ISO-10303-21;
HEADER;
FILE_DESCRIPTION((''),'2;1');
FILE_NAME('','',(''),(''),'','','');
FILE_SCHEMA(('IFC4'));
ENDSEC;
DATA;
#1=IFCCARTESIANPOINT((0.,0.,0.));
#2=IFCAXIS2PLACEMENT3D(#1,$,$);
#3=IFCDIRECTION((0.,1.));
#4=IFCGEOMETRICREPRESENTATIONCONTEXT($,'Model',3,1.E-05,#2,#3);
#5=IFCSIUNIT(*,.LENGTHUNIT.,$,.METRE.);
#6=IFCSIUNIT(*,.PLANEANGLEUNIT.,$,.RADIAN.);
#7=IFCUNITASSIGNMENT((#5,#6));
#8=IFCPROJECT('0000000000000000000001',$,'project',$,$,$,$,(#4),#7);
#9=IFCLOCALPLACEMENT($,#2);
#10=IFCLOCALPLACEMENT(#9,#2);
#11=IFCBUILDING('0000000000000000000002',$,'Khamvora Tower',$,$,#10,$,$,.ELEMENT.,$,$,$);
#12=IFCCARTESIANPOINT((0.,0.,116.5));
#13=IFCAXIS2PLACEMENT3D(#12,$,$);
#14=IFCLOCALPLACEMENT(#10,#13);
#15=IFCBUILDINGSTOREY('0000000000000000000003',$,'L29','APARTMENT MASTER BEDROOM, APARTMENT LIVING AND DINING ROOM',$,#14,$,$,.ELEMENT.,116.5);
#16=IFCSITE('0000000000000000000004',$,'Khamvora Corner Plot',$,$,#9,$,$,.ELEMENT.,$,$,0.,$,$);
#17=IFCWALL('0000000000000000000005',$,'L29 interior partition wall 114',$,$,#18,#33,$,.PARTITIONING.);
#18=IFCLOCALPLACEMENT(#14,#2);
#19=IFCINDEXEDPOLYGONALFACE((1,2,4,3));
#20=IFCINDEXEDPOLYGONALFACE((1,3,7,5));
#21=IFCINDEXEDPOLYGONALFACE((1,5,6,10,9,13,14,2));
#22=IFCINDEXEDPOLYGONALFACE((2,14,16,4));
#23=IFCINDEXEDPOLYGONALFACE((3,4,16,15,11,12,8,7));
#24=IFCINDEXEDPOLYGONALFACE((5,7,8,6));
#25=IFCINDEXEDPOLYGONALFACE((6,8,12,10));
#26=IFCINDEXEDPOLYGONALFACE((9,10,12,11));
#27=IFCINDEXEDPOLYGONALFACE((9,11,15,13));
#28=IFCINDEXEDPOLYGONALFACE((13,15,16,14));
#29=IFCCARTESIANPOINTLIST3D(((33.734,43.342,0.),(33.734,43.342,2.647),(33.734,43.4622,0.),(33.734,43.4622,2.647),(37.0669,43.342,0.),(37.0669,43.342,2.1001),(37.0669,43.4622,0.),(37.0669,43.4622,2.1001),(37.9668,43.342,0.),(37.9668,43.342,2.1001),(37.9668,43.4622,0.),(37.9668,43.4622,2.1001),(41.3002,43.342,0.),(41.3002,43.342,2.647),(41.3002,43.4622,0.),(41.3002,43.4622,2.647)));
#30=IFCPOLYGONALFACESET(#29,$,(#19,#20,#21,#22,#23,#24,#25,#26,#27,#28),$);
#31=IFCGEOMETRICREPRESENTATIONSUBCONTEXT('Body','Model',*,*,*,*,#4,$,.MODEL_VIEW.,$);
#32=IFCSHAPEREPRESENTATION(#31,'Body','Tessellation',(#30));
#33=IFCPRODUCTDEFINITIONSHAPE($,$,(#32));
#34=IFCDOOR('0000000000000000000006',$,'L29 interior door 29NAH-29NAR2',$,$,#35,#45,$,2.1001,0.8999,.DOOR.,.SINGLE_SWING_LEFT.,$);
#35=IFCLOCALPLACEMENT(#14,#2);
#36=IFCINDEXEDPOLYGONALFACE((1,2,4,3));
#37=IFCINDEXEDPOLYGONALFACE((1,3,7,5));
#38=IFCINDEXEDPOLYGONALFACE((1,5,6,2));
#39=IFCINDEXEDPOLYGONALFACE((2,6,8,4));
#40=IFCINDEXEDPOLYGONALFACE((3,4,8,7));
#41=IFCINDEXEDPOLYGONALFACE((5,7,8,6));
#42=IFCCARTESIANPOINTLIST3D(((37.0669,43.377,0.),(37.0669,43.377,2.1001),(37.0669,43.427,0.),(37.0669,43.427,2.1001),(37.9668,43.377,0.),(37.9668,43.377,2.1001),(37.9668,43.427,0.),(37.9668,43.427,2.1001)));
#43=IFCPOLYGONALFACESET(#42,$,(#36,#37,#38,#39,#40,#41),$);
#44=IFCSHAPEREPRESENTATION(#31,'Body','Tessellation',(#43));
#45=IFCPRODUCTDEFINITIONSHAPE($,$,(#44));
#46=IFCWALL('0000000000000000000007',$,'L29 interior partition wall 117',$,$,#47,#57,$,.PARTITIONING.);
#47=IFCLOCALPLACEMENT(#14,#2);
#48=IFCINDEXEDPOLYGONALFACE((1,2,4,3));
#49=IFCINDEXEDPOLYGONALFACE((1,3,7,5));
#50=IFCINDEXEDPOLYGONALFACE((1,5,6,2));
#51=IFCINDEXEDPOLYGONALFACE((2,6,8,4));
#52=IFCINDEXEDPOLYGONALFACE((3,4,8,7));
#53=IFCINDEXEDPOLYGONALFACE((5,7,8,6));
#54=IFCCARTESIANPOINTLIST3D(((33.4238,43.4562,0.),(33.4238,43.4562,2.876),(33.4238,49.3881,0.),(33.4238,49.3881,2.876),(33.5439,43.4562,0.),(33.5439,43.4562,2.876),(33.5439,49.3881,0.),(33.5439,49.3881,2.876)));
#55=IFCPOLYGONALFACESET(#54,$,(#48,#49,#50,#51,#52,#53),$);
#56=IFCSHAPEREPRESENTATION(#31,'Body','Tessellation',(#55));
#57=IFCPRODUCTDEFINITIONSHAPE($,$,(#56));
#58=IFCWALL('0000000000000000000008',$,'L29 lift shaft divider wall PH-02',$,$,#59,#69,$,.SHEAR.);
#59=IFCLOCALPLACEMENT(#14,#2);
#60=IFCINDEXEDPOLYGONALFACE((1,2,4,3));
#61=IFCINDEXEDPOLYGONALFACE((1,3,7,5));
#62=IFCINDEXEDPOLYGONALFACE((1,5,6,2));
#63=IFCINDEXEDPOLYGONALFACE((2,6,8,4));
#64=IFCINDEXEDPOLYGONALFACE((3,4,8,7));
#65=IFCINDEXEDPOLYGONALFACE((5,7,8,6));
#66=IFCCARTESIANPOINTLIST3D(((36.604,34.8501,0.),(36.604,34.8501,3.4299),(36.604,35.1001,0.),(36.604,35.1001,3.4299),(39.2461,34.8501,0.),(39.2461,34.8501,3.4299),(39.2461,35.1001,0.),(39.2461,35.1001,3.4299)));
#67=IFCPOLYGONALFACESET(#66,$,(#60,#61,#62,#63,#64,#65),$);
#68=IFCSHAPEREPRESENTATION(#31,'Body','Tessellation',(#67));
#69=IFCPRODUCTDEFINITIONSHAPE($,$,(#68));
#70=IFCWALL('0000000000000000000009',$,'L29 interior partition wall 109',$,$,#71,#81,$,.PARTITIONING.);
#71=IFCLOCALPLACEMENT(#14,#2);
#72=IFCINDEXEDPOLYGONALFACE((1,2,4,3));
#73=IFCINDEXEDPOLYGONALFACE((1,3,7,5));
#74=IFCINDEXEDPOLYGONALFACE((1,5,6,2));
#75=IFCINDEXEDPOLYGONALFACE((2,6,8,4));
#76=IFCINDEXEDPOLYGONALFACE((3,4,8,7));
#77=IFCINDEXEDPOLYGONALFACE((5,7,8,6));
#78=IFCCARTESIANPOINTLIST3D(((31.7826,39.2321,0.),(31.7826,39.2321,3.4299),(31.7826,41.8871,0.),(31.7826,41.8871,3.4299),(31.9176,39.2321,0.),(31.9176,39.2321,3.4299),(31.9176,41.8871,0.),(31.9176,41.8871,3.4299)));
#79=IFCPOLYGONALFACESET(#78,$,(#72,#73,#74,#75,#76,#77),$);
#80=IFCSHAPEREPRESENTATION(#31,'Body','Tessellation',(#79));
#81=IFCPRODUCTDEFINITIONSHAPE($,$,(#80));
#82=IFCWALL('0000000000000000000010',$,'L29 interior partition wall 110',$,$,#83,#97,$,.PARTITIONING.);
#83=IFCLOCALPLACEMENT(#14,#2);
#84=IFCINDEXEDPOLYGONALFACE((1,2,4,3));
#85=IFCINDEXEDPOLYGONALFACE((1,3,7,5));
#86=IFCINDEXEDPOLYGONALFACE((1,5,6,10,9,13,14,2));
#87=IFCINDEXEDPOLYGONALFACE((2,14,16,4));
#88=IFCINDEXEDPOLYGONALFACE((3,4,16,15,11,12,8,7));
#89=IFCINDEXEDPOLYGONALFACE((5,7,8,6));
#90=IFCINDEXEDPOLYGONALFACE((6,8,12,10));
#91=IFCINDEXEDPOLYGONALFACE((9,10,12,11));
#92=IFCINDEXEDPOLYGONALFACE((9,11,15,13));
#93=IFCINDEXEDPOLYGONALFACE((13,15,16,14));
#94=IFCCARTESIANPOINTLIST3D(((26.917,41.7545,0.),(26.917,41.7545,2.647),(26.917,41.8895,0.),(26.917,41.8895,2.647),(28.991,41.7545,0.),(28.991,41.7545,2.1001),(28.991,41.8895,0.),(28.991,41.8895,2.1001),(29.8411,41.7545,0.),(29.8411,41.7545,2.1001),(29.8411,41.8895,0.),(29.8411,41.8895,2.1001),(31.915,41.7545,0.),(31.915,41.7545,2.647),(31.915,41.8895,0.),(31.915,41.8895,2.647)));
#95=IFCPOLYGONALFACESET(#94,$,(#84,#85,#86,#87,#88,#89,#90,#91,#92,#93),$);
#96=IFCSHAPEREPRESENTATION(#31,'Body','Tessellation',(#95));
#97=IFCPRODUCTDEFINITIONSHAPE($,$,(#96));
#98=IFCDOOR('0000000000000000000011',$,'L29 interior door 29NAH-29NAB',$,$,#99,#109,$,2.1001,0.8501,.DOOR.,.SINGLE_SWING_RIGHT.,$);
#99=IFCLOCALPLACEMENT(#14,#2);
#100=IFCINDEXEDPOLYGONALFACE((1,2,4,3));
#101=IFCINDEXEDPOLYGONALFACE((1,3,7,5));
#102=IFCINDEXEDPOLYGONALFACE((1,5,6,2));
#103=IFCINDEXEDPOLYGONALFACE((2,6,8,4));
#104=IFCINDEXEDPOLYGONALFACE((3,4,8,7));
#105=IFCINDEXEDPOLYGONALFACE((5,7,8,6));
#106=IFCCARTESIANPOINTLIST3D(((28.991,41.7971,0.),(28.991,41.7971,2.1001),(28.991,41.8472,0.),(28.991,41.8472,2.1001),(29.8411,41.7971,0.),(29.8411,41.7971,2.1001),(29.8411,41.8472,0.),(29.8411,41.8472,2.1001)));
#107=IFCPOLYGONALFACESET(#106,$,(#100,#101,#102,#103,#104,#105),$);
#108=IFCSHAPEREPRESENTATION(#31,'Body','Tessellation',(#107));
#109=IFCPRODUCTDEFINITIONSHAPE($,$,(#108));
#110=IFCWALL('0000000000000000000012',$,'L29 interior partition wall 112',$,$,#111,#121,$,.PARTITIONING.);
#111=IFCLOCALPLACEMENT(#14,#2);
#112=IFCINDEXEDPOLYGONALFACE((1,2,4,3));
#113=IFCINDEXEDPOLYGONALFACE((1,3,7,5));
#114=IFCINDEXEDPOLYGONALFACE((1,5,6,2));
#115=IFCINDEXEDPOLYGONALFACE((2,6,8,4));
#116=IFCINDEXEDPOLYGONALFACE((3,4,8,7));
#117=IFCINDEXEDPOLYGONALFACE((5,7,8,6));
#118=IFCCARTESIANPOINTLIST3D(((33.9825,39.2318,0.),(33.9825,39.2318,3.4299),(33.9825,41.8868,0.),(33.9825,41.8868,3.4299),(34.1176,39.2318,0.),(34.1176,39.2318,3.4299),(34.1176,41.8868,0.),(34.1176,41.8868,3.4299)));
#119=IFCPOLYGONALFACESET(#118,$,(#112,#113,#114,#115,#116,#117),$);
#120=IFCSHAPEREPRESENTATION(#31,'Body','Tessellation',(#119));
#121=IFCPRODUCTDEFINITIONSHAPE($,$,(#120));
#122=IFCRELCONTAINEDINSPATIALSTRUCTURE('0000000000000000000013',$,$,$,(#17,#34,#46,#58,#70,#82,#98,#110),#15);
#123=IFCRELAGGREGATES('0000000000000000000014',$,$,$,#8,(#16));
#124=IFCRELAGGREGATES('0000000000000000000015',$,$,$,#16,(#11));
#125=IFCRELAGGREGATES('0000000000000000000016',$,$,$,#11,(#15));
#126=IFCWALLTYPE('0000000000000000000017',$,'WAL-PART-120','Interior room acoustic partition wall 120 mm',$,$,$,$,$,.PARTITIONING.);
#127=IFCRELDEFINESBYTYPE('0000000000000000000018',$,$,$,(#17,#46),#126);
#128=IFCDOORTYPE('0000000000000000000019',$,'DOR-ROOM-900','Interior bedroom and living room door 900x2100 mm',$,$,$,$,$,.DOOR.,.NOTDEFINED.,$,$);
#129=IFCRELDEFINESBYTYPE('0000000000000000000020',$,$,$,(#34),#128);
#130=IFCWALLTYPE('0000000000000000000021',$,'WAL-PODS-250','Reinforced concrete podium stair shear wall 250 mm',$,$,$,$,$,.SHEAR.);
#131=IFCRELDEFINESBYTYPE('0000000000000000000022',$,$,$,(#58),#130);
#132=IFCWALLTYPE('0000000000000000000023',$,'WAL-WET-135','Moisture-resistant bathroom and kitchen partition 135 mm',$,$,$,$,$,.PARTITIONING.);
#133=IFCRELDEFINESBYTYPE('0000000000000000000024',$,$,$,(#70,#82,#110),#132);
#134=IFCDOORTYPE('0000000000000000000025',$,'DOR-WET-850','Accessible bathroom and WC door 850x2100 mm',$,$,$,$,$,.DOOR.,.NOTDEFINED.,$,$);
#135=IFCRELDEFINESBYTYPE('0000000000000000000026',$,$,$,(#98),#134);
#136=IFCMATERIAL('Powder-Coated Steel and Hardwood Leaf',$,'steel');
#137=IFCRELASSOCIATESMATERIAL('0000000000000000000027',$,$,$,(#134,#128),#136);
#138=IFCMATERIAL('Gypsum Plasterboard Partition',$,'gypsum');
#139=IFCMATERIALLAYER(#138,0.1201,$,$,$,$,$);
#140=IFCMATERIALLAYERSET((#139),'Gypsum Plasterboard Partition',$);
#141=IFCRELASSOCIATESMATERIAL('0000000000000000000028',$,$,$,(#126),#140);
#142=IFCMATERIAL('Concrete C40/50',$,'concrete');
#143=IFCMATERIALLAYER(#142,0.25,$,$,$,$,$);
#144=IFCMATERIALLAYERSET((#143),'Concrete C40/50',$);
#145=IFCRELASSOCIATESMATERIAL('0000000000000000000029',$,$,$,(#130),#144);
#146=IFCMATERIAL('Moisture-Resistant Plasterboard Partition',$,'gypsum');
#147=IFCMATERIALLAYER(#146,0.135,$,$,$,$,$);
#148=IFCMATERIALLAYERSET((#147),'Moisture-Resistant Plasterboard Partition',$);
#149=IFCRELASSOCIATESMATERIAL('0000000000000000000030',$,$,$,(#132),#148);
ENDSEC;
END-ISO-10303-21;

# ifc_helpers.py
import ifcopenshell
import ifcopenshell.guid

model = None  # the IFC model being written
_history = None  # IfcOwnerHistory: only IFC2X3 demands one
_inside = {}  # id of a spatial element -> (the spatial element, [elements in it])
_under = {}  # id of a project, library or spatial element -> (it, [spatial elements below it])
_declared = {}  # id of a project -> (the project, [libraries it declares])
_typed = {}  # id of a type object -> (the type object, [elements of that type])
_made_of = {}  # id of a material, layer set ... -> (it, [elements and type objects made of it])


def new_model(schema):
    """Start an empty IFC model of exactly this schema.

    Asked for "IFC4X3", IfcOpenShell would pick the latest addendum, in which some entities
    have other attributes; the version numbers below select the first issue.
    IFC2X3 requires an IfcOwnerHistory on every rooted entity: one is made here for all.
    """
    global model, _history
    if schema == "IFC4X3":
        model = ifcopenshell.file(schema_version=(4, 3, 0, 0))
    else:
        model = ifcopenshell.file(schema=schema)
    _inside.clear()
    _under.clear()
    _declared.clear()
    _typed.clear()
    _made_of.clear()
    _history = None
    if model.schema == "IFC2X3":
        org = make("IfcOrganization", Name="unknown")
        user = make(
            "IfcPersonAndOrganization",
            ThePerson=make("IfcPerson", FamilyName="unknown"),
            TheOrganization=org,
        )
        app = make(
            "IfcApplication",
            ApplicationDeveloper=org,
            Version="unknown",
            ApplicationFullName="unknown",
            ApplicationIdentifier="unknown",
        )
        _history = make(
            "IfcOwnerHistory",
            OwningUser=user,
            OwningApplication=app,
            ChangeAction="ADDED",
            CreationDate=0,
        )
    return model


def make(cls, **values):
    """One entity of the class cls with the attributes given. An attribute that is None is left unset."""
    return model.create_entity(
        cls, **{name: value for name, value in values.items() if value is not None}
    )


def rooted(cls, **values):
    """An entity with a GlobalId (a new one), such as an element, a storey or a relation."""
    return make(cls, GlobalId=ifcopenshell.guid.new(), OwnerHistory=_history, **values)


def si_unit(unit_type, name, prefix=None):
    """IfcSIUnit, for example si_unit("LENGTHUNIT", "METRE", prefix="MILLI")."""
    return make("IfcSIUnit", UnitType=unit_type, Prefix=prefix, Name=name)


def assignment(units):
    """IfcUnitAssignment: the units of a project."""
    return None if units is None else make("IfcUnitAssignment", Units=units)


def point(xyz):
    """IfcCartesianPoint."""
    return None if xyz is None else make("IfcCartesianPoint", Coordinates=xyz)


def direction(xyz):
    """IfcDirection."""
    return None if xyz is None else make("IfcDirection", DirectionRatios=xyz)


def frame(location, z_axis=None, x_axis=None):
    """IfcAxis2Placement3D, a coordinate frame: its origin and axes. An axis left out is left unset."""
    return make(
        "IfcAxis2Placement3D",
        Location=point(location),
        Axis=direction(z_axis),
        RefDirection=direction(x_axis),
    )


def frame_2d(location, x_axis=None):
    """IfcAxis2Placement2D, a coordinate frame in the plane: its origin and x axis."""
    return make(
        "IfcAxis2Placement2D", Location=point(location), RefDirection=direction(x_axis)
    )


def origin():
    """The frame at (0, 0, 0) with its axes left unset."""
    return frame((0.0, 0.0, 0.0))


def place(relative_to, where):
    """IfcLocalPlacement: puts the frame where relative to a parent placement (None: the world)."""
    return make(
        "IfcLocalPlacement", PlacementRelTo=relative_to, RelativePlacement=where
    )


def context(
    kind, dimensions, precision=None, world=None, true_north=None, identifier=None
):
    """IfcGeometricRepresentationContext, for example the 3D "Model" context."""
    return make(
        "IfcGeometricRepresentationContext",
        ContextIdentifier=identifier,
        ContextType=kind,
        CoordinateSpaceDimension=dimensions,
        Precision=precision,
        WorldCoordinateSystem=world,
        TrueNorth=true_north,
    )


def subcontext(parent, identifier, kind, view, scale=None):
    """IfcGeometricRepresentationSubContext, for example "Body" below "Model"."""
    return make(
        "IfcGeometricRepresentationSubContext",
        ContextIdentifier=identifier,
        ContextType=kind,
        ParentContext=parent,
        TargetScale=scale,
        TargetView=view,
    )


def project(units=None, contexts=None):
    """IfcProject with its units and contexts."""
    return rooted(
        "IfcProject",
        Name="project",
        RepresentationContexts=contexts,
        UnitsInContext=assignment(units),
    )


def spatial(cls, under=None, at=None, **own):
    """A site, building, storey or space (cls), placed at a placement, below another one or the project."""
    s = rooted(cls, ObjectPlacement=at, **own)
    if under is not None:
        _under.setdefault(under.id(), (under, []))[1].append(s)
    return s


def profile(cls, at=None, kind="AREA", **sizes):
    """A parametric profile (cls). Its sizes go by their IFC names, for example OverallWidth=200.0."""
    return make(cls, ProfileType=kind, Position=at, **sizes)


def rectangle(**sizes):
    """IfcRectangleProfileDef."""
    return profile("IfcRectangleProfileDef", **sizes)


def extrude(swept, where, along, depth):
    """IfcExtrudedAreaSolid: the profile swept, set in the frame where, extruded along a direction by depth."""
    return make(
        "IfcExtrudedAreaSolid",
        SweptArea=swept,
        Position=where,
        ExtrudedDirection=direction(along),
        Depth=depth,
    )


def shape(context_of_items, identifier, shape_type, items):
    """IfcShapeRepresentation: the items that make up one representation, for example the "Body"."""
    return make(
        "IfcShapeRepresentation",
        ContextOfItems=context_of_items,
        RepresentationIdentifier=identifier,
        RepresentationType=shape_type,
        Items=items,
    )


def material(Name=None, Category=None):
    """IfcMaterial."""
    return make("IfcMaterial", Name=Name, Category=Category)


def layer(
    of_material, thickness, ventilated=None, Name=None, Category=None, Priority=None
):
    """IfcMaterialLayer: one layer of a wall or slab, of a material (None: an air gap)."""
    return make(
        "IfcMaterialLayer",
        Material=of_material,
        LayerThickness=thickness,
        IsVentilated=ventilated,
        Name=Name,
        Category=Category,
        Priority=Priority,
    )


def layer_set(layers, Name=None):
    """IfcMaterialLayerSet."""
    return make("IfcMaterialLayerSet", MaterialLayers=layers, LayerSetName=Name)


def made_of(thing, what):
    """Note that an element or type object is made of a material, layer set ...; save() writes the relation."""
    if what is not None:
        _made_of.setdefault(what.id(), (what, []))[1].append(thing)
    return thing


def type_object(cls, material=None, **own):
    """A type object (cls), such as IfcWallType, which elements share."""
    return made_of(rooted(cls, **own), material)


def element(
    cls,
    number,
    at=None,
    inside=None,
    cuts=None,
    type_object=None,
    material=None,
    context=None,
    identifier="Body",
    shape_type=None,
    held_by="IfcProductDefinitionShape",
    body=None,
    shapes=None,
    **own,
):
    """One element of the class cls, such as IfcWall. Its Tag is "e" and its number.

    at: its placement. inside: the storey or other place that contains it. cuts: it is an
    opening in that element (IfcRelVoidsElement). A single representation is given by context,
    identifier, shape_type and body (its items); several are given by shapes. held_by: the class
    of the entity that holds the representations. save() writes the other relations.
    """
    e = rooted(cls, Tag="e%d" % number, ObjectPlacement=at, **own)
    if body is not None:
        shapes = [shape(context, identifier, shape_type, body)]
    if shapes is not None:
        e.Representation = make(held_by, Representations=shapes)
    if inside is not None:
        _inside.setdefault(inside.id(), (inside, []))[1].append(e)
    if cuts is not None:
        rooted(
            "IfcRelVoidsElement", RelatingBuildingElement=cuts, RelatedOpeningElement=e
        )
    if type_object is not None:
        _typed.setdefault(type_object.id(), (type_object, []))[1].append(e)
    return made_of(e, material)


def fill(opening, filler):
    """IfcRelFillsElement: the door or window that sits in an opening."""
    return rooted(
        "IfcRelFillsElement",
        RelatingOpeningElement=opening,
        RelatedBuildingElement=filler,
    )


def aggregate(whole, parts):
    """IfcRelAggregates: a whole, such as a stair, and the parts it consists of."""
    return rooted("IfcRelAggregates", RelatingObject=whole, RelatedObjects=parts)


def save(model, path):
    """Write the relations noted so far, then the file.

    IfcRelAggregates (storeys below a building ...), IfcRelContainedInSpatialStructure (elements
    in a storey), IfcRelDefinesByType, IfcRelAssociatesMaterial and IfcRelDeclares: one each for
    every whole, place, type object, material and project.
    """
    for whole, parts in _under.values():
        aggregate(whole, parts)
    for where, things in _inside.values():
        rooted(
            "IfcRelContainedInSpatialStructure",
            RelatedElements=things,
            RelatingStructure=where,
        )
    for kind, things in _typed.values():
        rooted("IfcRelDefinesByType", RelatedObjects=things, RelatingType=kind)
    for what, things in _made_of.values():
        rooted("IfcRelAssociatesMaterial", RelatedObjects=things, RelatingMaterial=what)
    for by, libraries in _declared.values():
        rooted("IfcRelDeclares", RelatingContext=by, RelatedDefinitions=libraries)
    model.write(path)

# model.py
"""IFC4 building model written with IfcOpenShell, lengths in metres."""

from ifc_helpers import new_model, si_unit, direction, frame, frame_2d, origin, place, context, subcontext, project, spatial, rectangle, extrude, material, layer, layer_set, type_object, element, fill, save


model = new_model("IFC4")

# Units and contexts
model_context = context("Model", 3, precision=1e-05, world=origin(), true_north=direction((0.0, 1.0)))
body_context = subcontext(model_context, "Body", "Model", "MODEL_VIEW")
ifc_project = project(units=[si_unit("LENGTHUNIT", "METRE"), si_unit("PLANEANGLEUNIT", "RADIAN")], contexts=[model_context])

# Site, building, storey
site_placement = place(None, origin())
site = spatial("IfcSite", under=ifc_project, at=site_placement, Name="Khamvora Corner Plot", CompositionType="ELEMENT", RefElevation=0.0)
building_placement = place(site_placement, origin())
building = spatial("IfcBuilding", under=site, at=building_placement, Name="Khamvora Tower", CompositionType="ELEMENT")
storey_placement = place(building_placement, frame((0.0, 0.0, 116.5)))
storey = spatial("IfcBuildingStorey", under=building, at=storey_placement, Name="L29", Description="APARTMENT MASTER BEDROOM, APARTMENT LIVING AND DINING ROOM", CompositionType="ELEMENT", Elevation=116.5)

# Shared definitions
ifc_material_1 = material(Name="Powder-Coated Steel and Hardwood Leaf", Category="steel")
door_type_1 = type_object("IfcDoorType", Name="DOR-WET-850", Description="Accessible bathroom and WC door 850x2100 mm", OperationType="NOTDEFINED", PredefinedType="DOOR", material=ifc_material_1)

# Wall, opening, door
ifc_material_2 = material(Name="Gypsum Plasterboard Partition", Category="gypsum")
ifc_layer_1 = layer(ifc_material_2, 0.1201)
ifc_layer_set_1 = layer_set([ifc_layer_1], Name="Gypsum Plasterboard Partition")
wall_type_1 = type_object("IfcWallType", Name="WAL-PART-120", Description="Interior room acoustic partition wall 120 mm", PredefinedType="PARTITIONING", material=ifc_layer_set_1)
wall_1_placement = place(storey_placement, frame((33.7339, 43.4021, 0.0), z_axis=(0.0, 0.0, 1.0), x_axis=(1.0, 0.0, 0.0)))
wall_1 = element("IfcWall", 1, at=wall_1_placement, inside=storey, type_object=wall_type_1, Name="L29 interior partition wall 114", PredefinedType="PARTITIONING", context=body_context, shape_type="SweptSolid", body=[
    extrude(rectangle(XDim=7.5662, YDim=0.1201, at=frame_2d((3.7832, 0.0))), origin(), (0.0, 0.0, 1.0), 2.647),
])
opening_1_placement = place(wall_1_placement, frame((3.333, 0.0, 0.0)))
opening_1 = element("IfcOpeningElement", 2, at=opening_1_placement, cuts=wall_1, PredefinedType="OPENING", context=body_context, shape_type="SweptSolid", body=[
    extrude(rectangle(XDim=0.8999, YDim=2.1001, at=frame_2d((0.45, 1.05))), frame((0.0, 0.0701, 0.0), z_axis=(0.0, -1.0, 0.0), x_axis=(1.0, 0.0, 0.0)), (0.0, 0.0, 1.0), 0.1401),
])
door_type_2 = type_object("IfcDoorType", Name="DOR-ROOM-900", Description="Interior bedroom and living room door 900x2100 mm", OperationType="NOTDEFINED", PredefinedType="DOOR", material=ifc_material_1)
door_1_placement = place(opening_1_placement, origin())
door_1 = element("IfcDoor", 3, at=door_1_placement, inside=storey, type_object=door_type_2, Name="L29 interior door 29NAH-29NAR2", OperationType="SINGLE_SWING_LEFT", OverallHeight=2.1001, OverallWidth=0.8999, PredefinedType="DOOR", context=body_context, shape_type="SweptSolid", body=[
    extrude(rectangle(XDim=0.8999, YDim=2.1001, at=frame_2d((0.45, 1.05))), frame((0.0, 0.0249, 0.0), z_axis=(0.0, -1.0, 0.0), x_axis=(1.0, 0.0, 0.0)), (0.0, 0.0, 1.0), 0.05),
])
fill(opening_1, door_1)

# Walls
wall_2_placement = place(storey_placement, frame((33.4839, 49.3879, 0.0), z_axis=(0.0, 0.0, 1.0), x_axis=(0.0, -1.0, 0.0)))
element("IfcWall", 4, at=wall_2_placement, inside=storey, type_object=wall_type_1, Name="L29 interior partition wall 117", PredefinedType="PARTITIONING", context=body_context, shape_type="SweptSolid", body=[
    extrude(rectangle(XDim=5.9319, YDim=0.1201, at=frame_2d((2.9658, 0.0))), origin(), (0.0, 0.0, 1.0), 2.876),
])
ifc_material_3 = material(Name="Concrete C40/50", Category="concrete")
ifc_layer_2 = layer(ifc_material_3, 0.25)
ifc_layer_set_2 = layer_set([ifc_layer_2], Name="Concrete C40/50")
wall_type_2 = type_object("IfcWallType", Name="WAL-PODS-250", Description="Reinforced concrete podium stair shear wall 250 mm", PredefinedType="SHEAR", material=ifc_layer_set_2)
wall_3_placement = place(storey_placement, frame((36.604, 34.9751, 0.0), z_axis=(0.0, 0.0, 1.0), x_axis=(1.0, 0.0, 0.0)))
element("IfcWall", 5, at=wall_3_placement, inside=storey, type_object=wall_type_2, Name="L29 lift shaft divider wall PH-02", PredefinedType="SHEAR", context=body_context, shape_type="SweptSolid", body=[
    extrude(rectangle(XDim=2.6421, YDim=0.25, at=frame_2d((1.321, 0.0))), origin(), (0.0, 0.0, 1.0), 3.4299),
])
ifc_material_4 = material(Name="Moisture-Resistant Plasterboard Partition", Category="gypsum")
ifc_layer_3 = layer(ifc_material_4, 0.135)
ifc_layer_set_3 = layer_set([ifc_layer_3], Name="Moisture-Resistant Plasterboard Partition")
wall_type_3 = type_object("IfcWallType", Name="WAL-WET-135", Description="Moisture-resistant bathroom and kitchen partition 135 mm", PredefinedType="PARTITIONING", material=ifc_layer_set_3)
wall_4_placement = place(storey_placement, frame((31.8501, 39.2319, 0.0), z_axis=(0.0, 0.0, 1.0), x_axis=(0.0, 1.0, 0.0)))
element("IfcWall", 6, at=wall_4_placement, inside=storey, type_object=wall_type_3, Name="L29 interior partition wall 109", PredefinedType="PARTITIONING", context=body_context, shape_type="SweptSolid", body=[
    extrude(rectangle(XDim=2.655, YDim=0.135, at=frame_2d((1.3276, 0.0))), origin(), (0.0, 0.0, 1.0), 3.4299),
])

# Wall, opening, door
wall_5_placement = place(storey_placement, frame((31.915, 41.822, 0.0), z_axis=(0.0, 0.0, 1.0), x_axis=(-1.0, 0.0, 0.0)))
wall_5 = element("IfcWall", 7, at=wall_5_placement, inside=storey, type_object=wall_type_3, Name="L29 interior partition wall 110", PredefinedType="PARTITIONING", context=body_context, shape_type="SweptSolid", body=[
    extrude(rectangle(XDim=4.998, YDim=0.135, at=frame_2d((2.499, 0.0))), origin(), (0.0, 0.0, 1.0), 2.647),
])
opening_2_placement = place(wall_5_placement, frame((2.074, 0.0, 0.0)))
opening_2 = element("IfcOpeningElement", 8, at=opening_2_placement, cuts=wall_5, PredefinedType="OPENING", context=body_context, shape_type="SweptSolid", body=[
    extrude(rectangle(XDim=0.8501, YDim=2.1001, at=frame_2d((0.425, 1.05))), frame((0.0, 0.0774, 0.0), z_axis=(0.0, -1.0, 0.0), x_axis=(1.0, 0.0, 0.0)), (0.0, 0.0, 1.0), 0.155),
])
door_2_placement = place(opening_2_placement, origin())
door_2 = element("IfcDoor", 9, at=door_2_placement, inside=storey, type_object=door_type_1, Name="L29 interior door 29NAH-29NAB", OperationType="SINGLE_SWING_RIGHT", OverallHeight=2.1001, OverallWidth=0.8501, PredefinedType="DOOR", context=body_context, shape_type="SweptSolid", body=[
    extrude(rectangle(XDim=0.8501, YDim=2.1001, at=frame_2d((0.425, 1.05))), frame((0.0, 0.0249, 0.0), z_axis=(0.0, -1.0, 0.0), x_axis=(1.0, 0.0, 0.0)), (0.0, 0.0, 1.0), 0.05),
])
fill(opening_2, door_2)

# Wall
wall_6_placement = place(storey_placement, frame((34.05, 41.887, 0.0), z_axis=(0.0, 0.0, 1.0), x_axis=(0.0, -1.0, 0.0)))
element("IfcWall", 10, at=wall_6_placement, inside=storey, type_object=wall_type_3, Name="L29 interior partition wall 112", PredefinedType="PARTITIONING", context=body_context, shape_type="SweptSolid", body=[
    extrude(rectangle(XDim=2.655, YDim=0.135, at=frame_2d((1.3276, 0.0))), origin(), (0.0, 0.0, 1.0), 3.4299),
])

save(model, "model.ifc")
